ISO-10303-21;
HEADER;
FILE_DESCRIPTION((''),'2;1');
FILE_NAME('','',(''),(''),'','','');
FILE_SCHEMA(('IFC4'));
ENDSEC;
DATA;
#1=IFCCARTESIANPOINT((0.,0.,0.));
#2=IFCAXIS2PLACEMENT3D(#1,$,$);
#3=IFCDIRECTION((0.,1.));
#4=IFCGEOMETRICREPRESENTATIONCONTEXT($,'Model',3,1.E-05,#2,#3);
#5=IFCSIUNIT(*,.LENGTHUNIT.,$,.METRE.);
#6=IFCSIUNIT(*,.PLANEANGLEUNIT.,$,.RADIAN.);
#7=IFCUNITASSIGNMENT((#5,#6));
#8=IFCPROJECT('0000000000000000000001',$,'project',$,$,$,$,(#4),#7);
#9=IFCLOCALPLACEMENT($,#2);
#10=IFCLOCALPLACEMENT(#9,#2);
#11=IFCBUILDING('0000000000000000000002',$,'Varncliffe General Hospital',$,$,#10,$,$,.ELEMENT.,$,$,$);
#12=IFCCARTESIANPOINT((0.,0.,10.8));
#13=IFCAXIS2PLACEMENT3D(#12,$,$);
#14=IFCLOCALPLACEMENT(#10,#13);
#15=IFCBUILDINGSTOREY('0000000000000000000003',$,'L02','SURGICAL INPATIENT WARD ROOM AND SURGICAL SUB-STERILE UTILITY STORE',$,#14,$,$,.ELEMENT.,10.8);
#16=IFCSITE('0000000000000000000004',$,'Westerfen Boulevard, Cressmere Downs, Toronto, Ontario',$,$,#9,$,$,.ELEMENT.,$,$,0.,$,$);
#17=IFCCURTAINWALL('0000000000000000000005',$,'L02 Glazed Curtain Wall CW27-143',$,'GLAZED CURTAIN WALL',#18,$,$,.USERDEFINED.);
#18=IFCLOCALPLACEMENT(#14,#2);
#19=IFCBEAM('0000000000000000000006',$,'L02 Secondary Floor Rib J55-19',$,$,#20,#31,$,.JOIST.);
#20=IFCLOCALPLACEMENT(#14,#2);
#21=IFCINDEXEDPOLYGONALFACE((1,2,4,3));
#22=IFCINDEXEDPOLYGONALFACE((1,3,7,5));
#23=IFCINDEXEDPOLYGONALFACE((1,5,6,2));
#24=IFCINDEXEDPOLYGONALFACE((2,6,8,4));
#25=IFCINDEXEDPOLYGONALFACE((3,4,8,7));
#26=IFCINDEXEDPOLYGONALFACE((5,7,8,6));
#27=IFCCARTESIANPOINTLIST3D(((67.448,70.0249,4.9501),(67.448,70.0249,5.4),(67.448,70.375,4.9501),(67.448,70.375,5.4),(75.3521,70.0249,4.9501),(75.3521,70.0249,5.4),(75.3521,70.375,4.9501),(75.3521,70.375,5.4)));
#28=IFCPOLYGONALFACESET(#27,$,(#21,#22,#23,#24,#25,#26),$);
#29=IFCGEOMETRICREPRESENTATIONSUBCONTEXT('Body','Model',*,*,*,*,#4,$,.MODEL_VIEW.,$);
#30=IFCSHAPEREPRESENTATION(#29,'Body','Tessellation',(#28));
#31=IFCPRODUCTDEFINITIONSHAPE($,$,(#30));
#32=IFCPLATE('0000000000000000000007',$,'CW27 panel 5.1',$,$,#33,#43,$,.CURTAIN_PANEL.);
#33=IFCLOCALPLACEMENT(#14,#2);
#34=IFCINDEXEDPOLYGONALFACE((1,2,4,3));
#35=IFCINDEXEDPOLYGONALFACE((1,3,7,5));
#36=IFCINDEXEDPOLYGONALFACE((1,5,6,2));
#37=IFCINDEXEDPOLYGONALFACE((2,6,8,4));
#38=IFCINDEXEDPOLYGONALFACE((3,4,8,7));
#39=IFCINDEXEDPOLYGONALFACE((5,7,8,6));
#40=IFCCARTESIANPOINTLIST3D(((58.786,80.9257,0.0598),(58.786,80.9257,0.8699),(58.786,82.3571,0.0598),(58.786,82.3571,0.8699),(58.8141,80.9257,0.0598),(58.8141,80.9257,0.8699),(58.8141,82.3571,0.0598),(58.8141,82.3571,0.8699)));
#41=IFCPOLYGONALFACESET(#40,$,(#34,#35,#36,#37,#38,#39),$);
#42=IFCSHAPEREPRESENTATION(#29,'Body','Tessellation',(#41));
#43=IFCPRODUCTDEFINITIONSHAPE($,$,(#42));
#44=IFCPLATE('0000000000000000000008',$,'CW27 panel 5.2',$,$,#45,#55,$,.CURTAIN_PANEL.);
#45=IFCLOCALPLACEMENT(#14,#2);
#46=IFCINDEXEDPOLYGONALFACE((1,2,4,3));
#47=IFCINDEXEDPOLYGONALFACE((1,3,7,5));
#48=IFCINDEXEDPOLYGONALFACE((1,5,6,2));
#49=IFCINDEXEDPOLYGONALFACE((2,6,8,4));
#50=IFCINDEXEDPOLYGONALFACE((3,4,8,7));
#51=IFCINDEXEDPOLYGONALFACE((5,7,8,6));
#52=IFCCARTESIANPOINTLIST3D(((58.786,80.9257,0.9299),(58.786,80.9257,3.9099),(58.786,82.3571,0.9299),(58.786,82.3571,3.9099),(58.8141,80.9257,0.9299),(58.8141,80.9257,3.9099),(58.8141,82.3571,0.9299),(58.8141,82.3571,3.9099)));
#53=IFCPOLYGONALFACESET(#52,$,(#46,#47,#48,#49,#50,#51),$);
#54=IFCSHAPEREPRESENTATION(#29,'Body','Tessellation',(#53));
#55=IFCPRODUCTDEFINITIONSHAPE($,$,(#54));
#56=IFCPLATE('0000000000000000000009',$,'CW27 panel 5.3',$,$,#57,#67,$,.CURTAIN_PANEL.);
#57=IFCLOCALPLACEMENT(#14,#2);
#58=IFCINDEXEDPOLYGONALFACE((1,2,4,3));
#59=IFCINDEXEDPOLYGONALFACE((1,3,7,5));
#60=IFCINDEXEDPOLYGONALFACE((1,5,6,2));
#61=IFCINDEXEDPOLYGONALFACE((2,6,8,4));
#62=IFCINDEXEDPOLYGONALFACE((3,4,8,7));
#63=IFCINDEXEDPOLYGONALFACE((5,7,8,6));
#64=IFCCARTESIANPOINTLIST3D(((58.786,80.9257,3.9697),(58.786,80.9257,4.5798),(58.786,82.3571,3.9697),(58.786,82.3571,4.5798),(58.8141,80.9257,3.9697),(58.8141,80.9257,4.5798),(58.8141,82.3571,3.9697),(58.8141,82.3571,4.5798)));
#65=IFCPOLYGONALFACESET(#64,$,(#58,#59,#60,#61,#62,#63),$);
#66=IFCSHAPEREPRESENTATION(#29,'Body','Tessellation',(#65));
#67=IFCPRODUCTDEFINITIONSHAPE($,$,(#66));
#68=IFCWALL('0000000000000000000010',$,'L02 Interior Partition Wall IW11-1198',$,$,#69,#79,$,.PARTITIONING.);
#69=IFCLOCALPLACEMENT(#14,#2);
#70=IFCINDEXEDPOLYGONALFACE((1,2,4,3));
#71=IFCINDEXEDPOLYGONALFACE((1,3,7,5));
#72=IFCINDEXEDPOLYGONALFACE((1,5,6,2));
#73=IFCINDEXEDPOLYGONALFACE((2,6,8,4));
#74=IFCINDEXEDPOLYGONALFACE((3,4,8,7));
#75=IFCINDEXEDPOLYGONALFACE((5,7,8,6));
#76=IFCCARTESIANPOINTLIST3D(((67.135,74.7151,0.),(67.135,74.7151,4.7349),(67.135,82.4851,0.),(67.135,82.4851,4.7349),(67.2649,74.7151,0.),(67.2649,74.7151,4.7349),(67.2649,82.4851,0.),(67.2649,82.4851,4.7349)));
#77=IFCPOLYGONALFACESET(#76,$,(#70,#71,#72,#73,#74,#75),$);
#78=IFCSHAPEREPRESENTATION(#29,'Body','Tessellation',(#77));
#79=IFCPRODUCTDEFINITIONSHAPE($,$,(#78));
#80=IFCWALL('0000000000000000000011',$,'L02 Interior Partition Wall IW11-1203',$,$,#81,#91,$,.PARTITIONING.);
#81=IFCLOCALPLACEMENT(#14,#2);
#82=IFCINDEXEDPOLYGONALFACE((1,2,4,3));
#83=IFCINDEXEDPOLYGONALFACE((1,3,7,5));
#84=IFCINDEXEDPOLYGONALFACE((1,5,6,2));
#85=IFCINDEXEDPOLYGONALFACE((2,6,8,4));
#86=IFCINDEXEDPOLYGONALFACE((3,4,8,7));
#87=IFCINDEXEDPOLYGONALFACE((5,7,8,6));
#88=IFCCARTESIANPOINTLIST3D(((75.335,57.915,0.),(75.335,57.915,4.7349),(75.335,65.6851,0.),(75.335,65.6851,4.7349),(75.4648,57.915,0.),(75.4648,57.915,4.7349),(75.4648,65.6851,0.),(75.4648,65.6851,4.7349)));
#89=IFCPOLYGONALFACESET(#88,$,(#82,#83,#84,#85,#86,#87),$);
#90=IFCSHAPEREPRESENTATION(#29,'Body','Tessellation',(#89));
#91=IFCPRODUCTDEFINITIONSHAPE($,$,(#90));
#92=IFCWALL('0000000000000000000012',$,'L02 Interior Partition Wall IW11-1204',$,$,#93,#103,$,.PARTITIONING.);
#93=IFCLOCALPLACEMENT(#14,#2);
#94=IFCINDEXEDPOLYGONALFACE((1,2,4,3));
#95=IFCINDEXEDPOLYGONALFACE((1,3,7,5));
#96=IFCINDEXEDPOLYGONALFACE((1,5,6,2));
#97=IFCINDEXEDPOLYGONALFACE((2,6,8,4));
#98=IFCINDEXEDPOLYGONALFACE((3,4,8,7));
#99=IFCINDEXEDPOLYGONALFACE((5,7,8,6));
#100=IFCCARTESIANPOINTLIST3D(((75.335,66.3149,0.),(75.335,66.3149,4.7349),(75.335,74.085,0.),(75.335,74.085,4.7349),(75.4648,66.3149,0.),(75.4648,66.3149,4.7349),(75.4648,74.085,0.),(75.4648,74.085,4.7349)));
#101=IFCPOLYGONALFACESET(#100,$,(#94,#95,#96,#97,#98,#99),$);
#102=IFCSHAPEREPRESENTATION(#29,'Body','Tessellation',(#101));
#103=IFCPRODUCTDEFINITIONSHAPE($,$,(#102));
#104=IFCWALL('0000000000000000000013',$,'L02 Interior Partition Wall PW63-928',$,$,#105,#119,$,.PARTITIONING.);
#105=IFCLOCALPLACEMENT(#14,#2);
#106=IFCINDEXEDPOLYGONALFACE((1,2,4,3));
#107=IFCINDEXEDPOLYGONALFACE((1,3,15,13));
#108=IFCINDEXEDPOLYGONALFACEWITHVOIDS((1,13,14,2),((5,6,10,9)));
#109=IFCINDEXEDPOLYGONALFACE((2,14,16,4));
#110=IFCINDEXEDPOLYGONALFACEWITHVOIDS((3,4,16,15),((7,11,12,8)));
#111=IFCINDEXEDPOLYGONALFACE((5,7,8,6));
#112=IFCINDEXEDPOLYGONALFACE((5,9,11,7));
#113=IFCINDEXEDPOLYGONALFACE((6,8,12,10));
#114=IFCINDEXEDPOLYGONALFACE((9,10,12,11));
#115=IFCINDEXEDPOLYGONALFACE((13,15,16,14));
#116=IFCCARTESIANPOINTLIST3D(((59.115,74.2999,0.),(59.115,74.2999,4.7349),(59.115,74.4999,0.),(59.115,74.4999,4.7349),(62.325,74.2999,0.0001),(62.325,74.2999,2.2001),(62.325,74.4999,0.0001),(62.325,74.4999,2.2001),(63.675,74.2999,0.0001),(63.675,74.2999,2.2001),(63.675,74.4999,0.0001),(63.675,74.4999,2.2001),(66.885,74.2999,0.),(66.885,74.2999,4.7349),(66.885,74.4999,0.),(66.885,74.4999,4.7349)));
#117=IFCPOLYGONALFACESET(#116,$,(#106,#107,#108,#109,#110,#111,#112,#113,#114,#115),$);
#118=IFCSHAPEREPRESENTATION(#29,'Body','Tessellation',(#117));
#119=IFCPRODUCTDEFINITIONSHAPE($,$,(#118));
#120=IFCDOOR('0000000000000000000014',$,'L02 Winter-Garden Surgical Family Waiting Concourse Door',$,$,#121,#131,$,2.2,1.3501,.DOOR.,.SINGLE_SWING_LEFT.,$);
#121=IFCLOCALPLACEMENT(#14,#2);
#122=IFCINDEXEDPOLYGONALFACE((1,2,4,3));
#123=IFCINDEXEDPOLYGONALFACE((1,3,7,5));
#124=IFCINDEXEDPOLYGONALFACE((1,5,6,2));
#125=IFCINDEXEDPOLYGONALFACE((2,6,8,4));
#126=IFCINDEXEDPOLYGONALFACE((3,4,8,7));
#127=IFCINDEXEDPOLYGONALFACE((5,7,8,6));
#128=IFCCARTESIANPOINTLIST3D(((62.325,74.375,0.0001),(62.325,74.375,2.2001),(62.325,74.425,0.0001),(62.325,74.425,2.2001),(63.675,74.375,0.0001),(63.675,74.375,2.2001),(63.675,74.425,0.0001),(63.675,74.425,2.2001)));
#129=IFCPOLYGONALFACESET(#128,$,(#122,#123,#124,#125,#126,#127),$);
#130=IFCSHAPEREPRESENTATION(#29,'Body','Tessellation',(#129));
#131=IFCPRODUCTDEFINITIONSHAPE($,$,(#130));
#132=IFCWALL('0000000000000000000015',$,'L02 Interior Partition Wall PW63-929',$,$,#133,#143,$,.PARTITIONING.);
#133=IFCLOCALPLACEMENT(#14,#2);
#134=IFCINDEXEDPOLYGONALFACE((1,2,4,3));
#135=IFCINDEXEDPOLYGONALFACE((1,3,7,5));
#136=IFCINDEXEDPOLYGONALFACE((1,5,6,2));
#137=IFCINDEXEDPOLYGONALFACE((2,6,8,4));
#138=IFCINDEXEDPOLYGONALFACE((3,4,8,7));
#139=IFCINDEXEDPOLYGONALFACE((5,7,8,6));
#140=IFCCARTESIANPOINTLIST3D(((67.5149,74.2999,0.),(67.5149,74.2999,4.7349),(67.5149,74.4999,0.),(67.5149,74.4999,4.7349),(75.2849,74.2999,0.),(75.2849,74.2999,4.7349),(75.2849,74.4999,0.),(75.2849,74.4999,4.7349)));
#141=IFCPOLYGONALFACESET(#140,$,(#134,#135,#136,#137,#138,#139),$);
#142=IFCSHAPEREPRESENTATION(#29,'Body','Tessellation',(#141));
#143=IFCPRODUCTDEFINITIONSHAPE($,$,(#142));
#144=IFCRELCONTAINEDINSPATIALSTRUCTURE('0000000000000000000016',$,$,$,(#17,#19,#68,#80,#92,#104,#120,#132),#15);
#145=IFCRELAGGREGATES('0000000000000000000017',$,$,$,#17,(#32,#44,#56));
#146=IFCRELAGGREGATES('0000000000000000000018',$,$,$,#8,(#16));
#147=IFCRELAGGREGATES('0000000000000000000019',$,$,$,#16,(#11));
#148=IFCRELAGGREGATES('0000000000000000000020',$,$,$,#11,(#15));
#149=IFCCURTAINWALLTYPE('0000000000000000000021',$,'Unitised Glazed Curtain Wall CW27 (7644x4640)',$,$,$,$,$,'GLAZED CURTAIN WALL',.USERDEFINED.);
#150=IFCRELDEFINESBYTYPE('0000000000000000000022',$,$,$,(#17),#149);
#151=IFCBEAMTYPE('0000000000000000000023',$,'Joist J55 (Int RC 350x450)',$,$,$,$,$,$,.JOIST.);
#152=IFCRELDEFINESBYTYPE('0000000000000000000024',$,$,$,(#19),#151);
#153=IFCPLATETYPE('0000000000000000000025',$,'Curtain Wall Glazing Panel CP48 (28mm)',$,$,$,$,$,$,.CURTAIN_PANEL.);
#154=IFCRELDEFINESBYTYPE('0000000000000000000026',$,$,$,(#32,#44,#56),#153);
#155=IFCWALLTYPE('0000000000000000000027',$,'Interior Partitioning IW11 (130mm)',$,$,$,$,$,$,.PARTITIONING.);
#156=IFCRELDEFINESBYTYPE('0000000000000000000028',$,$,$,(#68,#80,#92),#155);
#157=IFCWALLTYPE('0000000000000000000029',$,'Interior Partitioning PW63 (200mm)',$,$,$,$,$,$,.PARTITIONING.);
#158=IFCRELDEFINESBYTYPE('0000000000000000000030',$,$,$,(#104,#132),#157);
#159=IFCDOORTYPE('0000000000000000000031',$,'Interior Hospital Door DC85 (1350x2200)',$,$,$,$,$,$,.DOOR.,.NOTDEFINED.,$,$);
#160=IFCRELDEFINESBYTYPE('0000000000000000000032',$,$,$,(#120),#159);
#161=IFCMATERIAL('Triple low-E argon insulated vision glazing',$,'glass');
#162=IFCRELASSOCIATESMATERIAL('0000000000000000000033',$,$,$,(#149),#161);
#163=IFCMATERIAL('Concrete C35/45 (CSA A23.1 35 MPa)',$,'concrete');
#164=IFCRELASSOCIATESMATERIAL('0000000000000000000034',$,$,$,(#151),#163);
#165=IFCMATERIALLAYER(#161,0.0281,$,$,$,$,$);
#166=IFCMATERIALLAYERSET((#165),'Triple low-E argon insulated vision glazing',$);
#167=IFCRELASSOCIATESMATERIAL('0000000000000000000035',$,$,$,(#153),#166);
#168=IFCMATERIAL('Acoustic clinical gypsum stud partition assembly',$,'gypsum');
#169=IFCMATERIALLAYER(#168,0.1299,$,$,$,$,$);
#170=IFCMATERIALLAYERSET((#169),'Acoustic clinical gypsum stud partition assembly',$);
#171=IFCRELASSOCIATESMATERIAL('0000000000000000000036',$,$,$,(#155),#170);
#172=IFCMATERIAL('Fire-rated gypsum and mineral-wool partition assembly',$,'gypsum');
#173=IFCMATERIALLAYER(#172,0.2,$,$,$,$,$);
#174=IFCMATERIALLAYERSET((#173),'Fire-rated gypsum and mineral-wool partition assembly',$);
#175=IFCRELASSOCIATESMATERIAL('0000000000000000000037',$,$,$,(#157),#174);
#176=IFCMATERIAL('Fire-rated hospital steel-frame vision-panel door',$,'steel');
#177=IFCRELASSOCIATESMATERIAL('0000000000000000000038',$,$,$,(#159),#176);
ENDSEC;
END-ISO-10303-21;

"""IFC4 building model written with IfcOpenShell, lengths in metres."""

from ifc_helpers import new_model, si_unit, direction, frame, frame_2d, origin, origin_2d, place, context, subcontext, project, spatial, rectangle, extrude, material, layer, layer_set, material_profile, profile_set, type_object, element, fill, aggregate, save


model = new_model("IFC4")

# Units and contexts
model_context = context("Model", 3, precision=1e-05, world=origin(), true_north=direction((0.0, 1.0)))
body_context = subcontext(model_context, "Body", "Model", "MODEL_VIEW")
ifc_project = project(units=[si_unit("LENGTHUNIT", "METRE"), si_unit("PLANEANGLEUNIT", "RADIAN")], contexts=[model_context])

# Site, building, storey
site_placement = place(None, origin())
site = spatial("IfcSite", under=ifc_project, at=site_placement, Name="Westerfen Boulevard, Cressmere Downs, Toronto, Ontario", CompositionType="ELEMENT", RefElevation=0.0)
building_placement = place(site_placement, origin())
building = spatial("IfcBuilding", under=site, at=building_placement, Name="Varncliffe General Hospital", CompositionType="ELEMENT")
storey_placement = place(building_placement, frame((0.0, 0.0, 10.8)))
storey = spatial("IfcBuildingStorey", under=building, at=storey_placement, Name="L02", Description="SURGICAL INPATIENT WARD ROOM AND SURGICAL SUB-STERILE UTILITY STORE", CompositionType="ELEMENT", Elevation=10.8)

# Shared definitions
ifc_material_1 = material(Name="Concrete C35/45 (CSA A23.1 35 MPa)", Category="concrete")

# Curtain wall
ifc_material_2 = material(Name="Triple low-E argon insulated vision glazing", Category="glass")
curtain_wall_type = type_object("IfcCurtainWallType", Name="Unitised Glazed Curtain Wall CW27 (7644x4640)", ElementType="GLAZED CURTAIN WALL", PredefinedType="USERDEFINED", material=ifc_material_2)
curtain_wall_placement = place(storey_placement, origin())
curtain_wall = element("IfcCurtainWall", 1, at=curtain_wall_placement, inside=storey, type_object=curtain_wall_type, Name="L02 Glazed Curtain Wall CW27-143", ObjectType="GLAZED CURTAIN WALL", PredefinedType="USERDEFINED")

# Beam
ifc_material_profile_1 = material_profile(ifc_material_1, rectangle(XDim=0.3501, YDim=0.45, at=origin_2d()), Name="RC 350x450")
ifc_profile_set_1 = profile_set([ifc_material_profile_1], Name="Concrete C35/45 (CSA A23.1 35 MPa)")
beam_type_1 = type_object("IfcBeamType", Name="Joist J55 (Int RC 350x450)", PredefinedType="JOIST", material=ifc_profile_set_1)
for number, where, z_axis, x_axis, name in (
    (2, (67.448, 70.2, 5.175), (1.0, 0.0, 0.0), (0.0, 1.0, 0.0), "L02 Secondary Floor Rib J55-19"),
):
    element("IfcBeam", number, at=place(storey_placement, frame(where, z_axis=z_axis, x_axis=x_axis)), inside=storey, type_object=beam_type_1, Name=name, PredefinedType="JOIST", context=body_context, shape_type="SweptSolid", body=[
        extrude(rectangle(XDim=0.3501, YDim=0.45, at=origin_2d()), origin(), (0.0, 0.0, 1.0), 7.9041),
    ])

# Plates
ifc_layer_1 = layer(ifc_material_2, 0.0281)
ifc_layer_set_1 = layer_set([ifc_layer_1], Name="Triple low-E argon insulated vision glazing")
plate_type = type_object("IfcPlateType", Name="Curtain Wall Glazing Panel CP48 (28mm)", PredefinedType="CURTAIN_PANEL", material=ifc_layer_set_1)
plate_1_placement = place(storey_placement, frame((58.8, 81.6414, 0.0598), z_axis=(0.0, 0.0, 1.0), x_axis=(0.0, 1.0, 0.0)))
plate_1 = element("IfcPlate", 3, at=plate_1_placement, type_object=plate_type, Name="CW27 panel 5.1", PredefinedType="CURTAIN_PANEL", context=body_context, shape_type="SweptSolid", body=[
    extrude(rectangle(XDim=1.4314, YDim=0.0281, at=origin_2d()), origin(), (0.0, 0.0, 1.0), 0.8101),
])
plate_2_placement = place(storey_placement, frame((58.8, 81.6414, 0.9299), z_axis=(0.0, 0.0, 1.0), x_axis=(0.0, 1.0, 0.0)))
plate_2 = element("IfcPlate", 4, at=plate_2_placement, type_object=plate_type, Name="CW27 panel 5.2", PredefinedType="CURTAIN_PANEL", context=body_context, shape_type="SweptSolid", body=[
    extrude(rectangle(XDim=1.4314, YDim=0.0281, at=origin_2d()), origin(), (0.0, 0.0, 1.0), 2.98),
])
plate_3_placement = place(storey_placement, frame((58.8, 81.6414, 3.9697), z_axis=(0.0, 0.0, 1.0), x_axis=(0.0, 1.0, 0.0)))
plate_3 = element("IfcPlate", 5, at=plate_3_placement, type_object=plate_type, Name="CW27 panel 5.3", PredefinedType="CURTAIN_PANEL", context=body_context, shape_type="SweptSolid", body=[
    extrude(rectangle(XDim=1.4314, YDim=0.0281, at=origin_2d()), origin(), (0.0, 0.0, 1.0), 0.6101),
])
aggregate(curtain_wall, [plate_1, plate_2, plate_3])

# Walls
ifc_material_3 = material(Name="Acoustic clinical gypsum stud partition assembly", Category="gypsum")
ifc_layer_2 = layer(ifc_material_3, 0.1299)
ifc_layer_set_2 = layer_set([ifc_layer_2], Name="Acoustic clinical gypsum stud partition assembly")
wall_type_1 = type_object("IfcWallType", Name="Interior Partitioning IW11 (130mm)", PredefinedType="PARTITIONING", material=ifc_layer_set_2)
for number, where, z_axis, x_axis, name in (
    (6, (67.2, 74.7151, 0.0), (0.0, 0.0, 1.0), (0.0, 1.0, 0.0), "L02 Interior Partition Wall IW11-1198"),
    (7, (75.3999, 57.915, 0.0), (0.0, 0.0, 1.0), (0.0, 1.0, 0.0), "L02 Interior Partition Wall IW11-1203"),
    (8, (75.3999, 66.3149, 0.0), (0.0, 0.0, 1.0), (0.0, 1.0, 0.0), "L02 Interior Partition Wall IW11-1204"),
):
    element("IfcWall", number, at=place(storey_placement, frame(where, z_axis=z_axis, x_axis=x_axis)), inside=storey, type_object=wall_type_1, Name=name, PredefinedType="PARTITIONING", context=body_context, shape_type="SweptSolid", body=[
        extrude(rectangle(XDim=7.77, YDim=0.1299, at=frame_2d((3.885, 0.0))), origin(), (0.0, 0.0, 1.0), 4.7349),
    ])

# Wall, opening, door
ifc_material_4 = material(Name="Fire-rated gypsum and mineral-wool partition assembly", Category="gypsum")
ifc_layer_3 = layer(ifc_material_4, 0.2)
ifc_layer_set_3 = layer_set([ifc_layer_3], Name="Fire-rated gypsum and mineral-wool partition assembly")
wall_type_2 = type_object("IfcWallType", Name="Interior Partitioning PW63 (200mm)", PredefinedType="PARTITIONING", material=ifc_layer_set_3)
wall_1_placement = place(storey_placement, frame((59.115, 74.3999, 0.0), z_axis=(0.0, 0.0, 1.0), x_axis=(1.0, 0.0, 0.0)))
wall_1 = element("IfcWall", 9, at=wall_1_placement, inside=storey, type_object=wall_type_2, Name="L02 Interior Partition Wall PW63-928", PredefinedType="PARTITIONING", context=body_context, shape_type="SweptSolid", body=[
    extrude(rectangle(XDim=7.77, YDim=0.2, at=frame_2d((3.885, 0.0))), origin(), (0.0, 0.0, 1.0), 4.7349),
])
opening_placement = place(wall_1_placement, frame((3.21, 0.0, 0.0)))
opening = element("IfcOpeningElement", 10, at=opening_placement, cuts=wall_1, PredefinedType="OPENING", context=body_context, shape_type="SweptSolid", body=[
    extrude(rectangle(XDim=1.3501, YDim=2.2, at=frame_2d((0.675, 1.1001))), frame((0.0, 0.1099, 0.0), z_axis=(0.0, -1.0, 0.0), x_axis=(1.0, 0.0, 0.0)), (0.0, 0.0, 1.0), 0.22),
])
ifc_material_5 = material(Name="Fire-rated hospital steel-frame vision-panel door", Category="steel")
door_type = type_object("IfcDoorType", Name="Interior Hospital Door DC85 (1350x2200)", OperationType="NOTDEFINED", PredefinedType="DOOR", material=ifc_material_5)
door_placement = place(opening_placement, frame((1.3501, 0.0, 0.0), z_axis=(0.0, 0.0, 1.0), x_axis=(-1.0, 0.0, 0.0)))
door = element("IfcDoor", 11, at=door_placement, inside=storey, type_object=door_type, Name="L02 Winter-Garden Surgical Family Waiting Concourse Door", OperationType="SINGLE_SWING_LEFT", OverallHeight=2.2, OverallWidth=1.3501, PredefinedType="DOOR", context=body_context, shape_type="SweptSolid", body=[
    extrude(rectangle(XDim=1.3501, YDim=2.2, at=frame_2d((0.675, 1.1001))), frame((0.0, 0.0249, 0.0), z_axis=(0.0, -1.0, 0.0), x_axis=(1.0, 0.0, 0.0)), (0.0, 0.0, 1.0), 0.05),
])
fill(opening, door)

# Wall
wall_2_placement = place(storey_placement, frame((67.5149, 74.3999, 0.0), z_axis=(0.0, 0.0, 1.0), x_axis=(1.0, 0.0, 0.0)))
element("IfcWall", 12, at=wall_2_placement, inside=storey, type_object=wall_type_2, Name="L02 Interior Partition Wall PW63-929", PredefinedType="PARTITIONING", context=body_context, shape_type="SweptSolid", body=[
    extrude(rectangle(XDim=7.77, YDim=0.2, at=frame_2d((3.885, 0.0))), origin(), (0.0, 0.0, 1.0), 4.7349),
])

save(model, "model.ifc")
